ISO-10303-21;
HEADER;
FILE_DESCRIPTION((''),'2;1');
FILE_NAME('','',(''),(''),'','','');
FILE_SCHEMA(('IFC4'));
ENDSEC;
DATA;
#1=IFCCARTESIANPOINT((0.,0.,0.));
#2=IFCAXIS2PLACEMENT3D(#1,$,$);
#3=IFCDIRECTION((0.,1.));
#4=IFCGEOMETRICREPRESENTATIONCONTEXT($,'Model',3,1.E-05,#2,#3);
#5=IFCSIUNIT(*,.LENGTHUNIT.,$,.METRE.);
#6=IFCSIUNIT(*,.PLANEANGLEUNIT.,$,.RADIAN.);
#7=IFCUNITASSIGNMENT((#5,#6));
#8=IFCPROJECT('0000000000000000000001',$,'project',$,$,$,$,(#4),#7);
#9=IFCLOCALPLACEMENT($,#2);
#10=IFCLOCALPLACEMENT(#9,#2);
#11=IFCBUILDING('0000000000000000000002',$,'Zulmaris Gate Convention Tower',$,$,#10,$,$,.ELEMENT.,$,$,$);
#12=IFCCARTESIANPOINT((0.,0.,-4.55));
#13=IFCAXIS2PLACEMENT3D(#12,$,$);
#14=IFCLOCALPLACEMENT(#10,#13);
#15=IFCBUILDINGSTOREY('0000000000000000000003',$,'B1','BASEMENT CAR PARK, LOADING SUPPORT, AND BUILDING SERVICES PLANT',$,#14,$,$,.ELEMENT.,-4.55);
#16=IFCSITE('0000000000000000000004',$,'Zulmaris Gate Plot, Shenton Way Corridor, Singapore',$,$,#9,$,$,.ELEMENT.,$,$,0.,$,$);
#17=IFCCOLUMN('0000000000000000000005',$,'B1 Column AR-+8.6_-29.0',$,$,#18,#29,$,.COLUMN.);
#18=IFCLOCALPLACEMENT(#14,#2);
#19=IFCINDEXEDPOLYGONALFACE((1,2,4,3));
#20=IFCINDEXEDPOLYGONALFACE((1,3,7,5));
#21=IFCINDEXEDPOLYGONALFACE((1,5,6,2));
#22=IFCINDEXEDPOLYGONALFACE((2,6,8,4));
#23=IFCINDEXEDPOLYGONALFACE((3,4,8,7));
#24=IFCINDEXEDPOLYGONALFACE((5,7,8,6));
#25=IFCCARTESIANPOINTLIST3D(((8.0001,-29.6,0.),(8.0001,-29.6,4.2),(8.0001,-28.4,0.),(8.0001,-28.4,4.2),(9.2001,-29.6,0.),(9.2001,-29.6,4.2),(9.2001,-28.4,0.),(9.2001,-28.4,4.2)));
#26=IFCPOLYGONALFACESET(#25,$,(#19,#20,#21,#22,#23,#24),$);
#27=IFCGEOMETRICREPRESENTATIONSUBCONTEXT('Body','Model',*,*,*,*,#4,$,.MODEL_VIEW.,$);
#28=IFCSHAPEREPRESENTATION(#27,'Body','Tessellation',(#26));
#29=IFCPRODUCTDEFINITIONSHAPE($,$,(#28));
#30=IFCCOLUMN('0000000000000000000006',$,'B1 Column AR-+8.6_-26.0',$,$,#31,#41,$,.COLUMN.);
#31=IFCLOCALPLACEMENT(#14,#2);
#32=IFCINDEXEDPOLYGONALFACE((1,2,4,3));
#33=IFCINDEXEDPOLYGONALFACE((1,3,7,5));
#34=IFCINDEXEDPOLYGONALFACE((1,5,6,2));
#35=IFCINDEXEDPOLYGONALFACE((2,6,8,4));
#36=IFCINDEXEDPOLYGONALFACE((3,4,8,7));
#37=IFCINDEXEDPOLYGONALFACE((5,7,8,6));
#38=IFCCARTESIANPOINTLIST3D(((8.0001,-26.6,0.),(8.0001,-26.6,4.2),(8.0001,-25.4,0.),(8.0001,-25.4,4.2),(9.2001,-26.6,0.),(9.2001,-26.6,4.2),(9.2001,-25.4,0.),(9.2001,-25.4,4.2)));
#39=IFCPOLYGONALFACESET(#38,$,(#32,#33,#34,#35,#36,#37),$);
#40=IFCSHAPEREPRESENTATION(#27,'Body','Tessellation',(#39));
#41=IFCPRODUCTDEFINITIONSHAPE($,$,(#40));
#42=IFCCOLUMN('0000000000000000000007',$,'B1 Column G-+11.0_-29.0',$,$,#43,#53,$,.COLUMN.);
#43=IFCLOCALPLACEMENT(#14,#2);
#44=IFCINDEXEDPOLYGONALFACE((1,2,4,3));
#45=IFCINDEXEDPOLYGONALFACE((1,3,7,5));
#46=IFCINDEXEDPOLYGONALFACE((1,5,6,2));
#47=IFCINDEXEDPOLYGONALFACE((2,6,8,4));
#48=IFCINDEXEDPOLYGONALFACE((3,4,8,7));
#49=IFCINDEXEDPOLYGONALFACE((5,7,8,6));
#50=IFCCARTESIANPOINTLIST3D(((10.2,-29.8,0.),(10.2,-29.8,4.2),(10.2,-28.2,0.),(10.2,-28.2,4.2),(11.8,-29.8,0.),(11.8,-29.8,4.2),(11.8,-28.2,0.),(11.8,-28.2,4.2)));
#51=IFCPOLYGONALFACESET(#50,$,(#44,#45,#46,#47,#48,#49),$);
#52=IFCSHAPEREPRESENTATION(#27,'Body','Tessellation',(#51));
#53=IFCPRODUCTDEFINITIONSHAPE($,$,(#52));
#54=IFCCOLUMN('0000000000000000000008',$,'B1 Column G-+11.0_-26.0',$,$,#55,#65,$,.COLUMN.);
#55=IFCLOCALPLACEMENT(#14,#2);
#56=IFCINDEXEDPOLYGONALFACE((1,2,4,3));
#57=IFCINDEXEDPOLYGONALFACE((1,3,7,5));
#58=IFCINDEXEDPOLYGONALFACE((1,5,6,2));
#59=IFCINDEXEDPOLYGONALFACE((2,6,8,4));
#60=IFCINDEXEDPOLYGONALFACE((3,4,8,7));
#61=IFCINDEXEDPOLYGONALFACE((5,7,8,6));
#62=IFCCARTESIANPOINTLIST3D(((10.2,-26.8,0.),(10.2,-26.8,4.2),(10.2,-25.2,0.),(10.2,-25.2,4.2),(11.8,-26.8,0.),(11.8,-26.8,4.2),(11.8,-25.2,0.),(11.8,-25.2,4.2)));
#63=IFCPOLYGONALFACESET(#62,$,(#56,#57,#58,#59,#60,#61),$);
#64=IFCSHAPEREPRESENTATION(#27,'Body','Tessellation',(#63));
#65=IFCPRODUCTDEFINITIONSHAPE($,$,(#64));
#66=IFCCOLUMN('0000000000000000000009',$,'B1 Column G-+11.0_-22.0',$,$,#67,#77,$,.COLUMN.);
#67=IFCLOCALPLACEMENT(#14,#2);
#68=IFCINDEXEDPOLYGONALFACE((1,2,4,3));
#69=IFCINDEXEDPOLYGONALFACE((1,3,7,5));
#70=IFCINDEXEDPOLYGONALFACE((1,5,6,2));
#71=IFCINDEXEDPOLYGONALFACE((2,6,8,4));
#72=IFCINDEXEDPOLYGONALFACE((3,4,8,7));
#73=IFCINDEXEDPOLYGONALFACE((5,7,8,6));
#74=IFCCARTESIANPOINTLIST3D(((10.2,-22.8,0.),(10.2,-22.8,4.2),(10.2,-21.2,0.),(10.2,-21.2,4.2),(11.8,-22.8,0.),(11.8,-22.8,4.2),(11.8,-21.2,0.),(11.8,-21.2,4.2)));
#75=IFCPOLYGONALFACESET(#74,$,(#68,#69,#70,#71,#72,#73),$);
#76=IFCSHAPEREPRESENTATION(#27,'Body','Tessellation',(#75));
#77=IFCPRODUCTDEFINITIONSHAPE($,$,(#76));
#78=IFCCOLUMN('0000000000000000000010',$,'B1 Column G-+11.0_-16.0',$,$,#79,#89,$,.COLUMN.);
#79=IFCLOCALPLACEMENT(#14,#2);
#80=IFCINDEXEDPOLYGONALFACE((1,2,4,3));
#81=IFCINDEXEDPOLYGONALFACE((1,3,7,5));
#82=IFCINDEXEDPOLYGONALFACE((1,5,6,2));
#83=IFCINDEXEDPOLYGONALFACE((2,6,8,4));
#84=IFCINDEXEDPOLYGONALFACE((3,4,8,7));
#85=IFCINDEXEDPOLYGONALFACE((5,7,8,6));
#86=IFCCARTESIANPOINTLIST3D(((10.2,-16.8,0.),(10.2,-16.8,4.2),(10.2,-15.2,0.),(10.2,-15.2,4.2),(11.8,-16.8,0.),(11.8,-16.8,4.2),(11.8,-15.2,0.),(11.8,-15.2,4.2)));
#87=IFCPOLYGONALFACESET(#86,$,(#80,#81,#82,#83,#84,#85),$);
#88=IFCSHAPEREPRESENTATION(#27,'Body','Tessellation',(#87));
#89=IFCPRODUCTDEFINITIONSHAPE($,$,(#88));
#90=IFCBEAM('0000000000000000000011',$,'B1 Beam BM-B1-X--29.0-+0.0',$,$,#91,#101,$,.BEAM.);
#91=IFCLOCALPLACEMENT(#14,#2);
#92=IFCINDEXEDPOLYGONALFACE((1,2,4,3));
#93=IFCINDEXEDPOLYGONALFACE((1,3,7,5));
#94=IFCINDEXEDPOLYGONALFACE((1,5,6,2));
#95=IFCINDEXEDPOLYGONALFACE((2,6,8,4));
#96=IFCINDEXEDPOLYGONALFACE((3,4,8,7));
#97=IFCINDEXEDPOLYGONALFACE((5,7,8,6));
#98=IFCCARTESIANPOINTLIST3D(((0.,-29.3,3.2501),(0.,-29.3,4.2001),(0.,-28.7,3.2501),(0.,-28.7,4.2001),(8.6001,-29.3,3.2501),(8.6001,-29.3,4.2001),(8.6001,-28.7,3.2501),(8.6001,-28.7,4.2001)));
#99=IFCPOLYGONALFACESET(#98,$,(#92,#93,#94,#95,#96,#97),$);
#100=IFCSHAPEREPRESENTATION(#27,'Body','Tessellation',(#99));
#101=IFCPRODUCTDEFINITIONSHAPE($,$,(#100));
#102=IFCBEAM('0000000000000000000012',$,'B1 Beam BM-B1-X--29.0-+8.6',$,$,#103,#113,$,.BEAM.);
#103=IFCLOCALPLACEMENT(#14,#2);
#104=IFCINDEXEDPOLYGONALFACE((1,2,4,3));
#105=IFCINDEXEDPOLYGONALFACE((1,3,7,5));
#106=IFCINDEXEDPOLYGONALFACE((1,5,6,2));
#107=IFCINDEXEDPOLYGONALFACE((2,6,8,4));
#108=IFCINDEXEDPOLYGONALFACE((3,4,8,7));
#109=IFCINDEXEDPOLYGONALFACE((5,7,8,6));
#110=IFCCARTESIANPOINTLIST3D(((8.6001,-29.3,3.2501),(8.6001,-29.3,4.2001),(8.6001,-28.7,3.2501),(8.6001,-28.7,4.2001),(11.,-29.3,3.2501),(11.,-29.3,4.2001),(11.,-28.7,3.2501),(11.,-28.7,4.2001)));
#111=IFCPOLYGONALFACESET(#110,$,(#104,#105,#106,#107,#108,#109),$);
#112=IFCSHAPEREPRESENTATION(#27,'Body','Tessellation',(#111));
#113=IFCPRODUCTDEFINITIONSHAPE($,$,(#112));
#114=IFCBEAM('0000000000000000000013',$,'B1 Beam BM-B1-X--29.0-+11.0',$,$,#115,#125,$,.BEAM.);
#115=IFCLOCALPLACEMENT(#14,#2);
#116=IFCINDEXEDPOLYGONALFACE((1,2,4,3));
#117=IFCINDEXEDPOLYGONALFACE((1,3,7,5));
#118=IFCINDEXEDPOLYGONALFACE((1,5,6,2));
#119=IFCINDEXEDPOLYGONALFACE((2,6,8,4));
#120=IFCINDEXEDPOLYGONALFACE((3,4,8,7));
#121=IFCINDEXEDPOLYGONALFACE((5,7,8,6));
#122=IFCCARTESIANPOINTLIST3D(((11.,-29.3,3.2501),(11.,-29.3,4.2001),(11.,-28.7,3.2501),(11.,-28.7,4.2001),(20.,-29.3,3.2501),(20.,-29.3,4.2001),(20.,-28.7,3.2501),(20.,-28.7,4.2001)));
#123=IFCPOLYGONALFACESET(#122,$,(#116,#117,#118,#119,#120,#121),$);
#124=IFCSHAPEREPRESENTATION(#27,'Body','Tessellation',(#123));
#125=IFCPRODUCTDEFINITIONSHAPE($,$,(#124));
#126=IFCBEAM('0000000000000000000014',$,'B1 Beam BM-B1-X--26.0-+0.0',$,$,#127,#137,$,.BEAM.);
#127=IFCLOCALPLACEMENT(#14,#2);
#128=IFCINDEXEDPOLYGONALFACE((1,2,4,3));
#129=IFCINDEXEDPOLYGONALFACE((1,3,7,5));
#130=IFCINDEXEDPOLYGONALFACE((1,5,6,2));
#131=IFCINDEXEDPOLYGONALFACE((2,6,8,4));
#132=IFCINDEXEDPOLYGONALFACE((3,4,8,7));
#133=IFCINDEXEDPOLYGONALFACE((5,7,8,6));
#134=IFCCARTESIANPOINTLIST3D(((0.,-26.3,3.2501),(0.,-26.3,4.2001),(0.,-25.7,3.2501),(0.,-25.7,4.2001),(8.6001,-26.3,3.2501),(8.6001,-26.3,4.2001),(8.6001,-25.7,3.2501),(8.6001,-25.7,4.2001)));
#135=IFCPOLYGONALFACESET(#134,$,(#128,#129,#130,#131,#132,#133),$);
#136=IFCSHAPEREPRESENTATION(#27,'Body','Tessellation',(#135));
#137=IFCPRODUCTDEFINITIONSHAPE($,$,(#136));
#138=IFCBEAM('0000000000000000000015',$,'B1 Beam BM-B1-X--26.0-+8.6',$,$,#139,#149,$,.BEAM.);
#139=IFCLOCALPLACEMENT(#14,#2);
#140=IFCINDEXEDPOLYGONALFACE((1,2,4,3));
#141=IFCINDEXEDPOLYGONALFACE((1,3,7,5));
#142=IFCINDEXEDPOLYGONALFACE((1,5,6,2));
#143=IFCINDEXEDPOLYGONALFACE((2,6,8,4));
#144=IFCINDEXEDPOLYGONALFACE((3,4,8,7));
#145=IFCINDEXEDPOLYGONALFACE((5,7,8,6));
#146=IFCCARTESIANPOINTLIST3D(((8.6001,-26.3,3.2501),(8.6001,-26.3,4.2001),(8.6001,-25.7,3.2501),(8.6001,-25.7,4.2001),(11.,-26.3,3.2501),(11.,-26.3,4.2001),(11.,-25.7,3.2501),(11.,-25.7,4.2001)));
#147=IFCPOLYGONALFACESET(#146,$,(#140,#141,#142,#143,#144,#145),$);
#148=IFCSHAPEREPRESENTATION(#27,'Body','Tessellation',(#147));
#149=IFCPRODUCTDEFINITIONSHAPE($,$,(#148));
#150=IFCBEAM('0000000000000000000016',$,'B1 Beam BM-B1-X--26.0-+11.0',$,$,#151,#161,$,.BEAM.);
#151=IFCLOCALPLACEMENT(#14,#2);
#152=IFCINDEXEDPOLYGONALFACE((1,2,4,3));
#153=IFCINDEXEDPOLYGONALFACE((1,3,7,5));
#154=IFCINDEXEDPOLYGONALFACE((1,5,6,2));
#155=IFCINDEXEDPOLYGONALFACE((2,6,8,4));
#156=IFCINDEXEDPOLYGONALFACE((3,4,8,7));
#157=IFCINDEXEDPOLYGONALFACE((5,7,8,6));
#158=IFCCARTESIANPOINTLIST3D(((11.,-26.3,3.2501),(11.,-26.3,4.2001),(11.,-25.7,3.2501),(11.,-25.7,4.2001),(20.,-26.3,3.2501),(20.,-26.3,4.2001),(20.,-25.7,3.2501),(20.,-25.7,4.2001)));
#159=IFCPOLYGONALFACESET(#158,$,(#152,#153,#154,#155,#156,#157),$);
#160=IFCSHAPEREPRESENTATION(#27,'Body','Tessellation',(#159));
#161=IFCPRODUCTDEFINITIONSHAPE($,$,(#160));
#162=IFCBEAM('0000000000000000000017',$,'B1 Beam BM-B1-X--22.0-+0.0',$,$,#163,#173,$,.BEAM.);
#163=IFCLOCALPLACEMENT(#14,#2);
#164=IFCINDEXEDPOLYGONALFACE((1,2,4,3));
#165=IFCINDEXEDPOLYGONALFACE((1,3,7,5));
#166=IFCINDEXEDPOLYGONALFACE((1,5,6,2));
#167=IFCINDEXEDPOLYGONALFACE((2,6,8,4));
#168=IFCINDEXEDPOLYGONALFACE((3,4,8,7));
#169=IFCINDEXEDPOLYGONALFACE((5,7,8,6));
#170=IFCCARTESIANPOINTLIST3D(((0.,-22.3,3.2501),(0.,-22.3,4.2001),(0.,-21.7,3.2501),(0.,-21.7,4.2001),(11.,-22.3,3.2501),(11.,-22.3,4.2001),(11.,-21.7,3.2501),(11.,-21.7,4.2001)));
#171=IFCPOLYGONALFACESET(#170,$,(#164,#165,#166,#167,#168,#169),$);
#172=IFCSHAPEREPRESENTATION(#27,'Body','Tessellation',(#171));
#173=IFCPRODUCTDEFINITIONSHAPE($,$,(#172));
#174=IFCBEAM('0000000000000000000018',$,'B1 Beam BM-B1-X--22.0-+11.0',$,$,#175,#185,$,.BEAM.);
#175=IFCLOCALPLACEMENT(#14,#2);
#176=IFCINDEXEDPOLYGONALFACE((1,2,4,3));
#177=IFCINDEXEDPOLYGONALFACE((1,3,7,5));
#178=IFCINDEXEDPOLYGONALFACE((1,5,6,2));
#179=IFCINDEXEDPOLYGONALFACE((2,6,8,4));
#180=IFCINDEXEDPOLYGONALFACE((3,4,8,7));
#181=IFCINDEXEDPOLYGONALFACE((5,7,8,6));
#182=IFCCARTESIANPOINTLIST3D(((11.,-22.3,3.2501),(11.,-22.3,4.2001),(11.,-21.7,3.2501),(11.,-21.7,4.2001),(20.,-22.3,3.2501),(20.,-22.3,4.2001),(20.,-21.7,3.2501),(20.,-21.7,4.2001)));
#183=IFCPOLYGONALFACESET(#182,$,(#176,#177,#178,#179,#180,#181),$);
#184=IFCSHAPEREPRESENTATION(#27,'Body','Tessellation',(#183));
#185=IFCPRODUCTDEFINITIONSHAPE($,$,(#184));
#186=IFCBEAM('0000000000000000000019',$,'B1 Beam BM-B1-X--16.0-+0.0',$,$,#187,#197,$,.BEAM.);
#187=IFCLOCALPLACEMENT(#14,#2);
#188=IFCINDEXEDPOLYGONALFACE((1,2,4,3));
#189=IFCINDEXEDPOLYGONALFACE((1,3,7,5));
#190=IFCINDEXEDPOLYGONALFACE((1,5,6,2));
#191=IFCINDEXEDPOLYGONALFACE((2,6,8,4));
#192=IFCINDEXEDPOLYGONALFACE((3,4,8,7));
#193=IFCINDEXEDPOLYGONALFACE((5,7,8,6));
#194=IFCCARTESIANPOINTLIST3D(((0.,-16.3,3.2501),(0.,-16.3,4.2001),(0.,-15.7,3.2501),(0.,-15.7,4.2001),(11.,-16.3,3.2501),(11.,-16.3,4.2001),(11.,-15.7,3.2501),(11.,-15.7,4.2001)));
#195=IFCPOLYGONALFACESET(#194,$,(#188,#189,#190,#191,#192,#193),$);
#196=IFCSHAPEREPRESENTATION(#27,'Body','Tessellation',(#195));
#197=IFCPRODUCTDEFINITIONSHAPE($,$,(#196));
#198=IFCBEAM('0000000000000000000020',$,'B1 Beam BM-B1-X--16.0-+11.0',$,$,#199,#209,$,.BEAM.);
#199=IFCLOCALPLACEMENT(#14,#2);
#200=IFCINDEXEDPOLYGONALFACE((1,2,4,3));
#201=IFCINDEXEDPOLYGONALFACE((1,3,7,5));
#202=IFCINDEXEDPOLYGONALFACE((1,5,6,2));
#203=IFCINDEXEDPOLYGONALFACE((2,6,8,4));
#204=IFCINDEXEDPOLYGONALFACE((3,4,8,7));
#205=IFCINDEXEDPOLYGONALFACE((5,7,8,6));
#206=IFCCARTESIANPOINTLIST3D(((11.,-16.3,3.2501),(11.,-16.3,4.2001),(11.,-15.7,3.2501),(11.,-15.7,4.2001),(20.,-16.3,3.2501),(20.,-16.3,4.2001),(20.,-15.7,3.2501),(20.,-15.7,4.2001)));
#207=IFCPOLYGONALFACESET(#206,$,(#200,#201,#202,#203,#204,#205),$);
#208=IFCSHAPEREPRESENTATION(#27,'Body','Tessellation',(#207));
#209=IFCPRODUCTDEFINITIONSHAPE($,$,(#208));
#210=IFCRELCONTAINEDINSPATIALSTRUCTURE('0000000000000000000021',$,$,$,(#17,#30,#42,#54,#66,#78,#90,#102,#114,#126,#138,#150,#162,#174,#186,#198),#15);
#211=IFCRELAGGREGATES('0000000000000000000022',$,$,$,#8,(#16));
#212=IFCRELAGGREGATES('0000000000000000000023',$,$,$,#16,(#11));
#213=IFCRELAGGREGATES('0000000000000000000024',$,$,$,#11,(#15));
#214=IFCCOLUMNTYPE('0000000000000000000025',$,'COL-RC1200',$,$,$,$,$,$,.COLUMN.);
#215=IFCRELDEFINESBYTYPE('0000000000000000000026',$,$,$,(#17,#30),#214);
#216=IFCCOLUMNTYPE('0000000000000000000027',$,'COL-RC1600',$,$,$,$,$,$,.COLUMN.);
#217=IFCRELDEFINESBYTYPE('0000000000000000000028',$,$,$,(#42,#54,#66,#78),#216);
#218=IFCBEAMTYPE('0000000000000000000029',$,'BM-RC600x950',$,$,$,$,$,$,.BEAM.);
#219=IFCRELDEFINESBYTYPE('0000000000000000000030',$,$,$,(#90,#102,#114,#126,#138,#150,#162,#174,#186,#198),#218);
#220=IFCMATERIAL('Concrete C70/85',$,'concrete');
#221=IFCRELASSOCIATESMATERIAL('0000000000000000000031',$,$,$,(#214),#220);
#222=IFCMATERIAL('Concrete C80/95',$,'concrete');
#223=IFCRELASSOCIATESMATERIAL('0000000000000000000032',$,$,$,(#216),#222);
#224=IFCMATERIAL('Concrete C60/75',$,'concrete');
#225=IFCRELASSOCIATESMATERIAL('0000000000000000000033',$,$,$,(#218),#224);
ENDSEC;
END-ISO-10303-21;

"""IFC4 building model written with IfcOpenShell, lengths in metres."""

from ifc_helpers import new_model, si_unit, direction, frame, origin, origin_2d, place, context, subcontext, project, spatial, rectangle, extrude, material, material_profile, profile_set, type_object, element, save


model = new_model("IFC4")

# Units and contexts
model_context = context("Model", 3, precision=1e-05, world=origin(), true_north=direction((0.0, 1.0)))
body_context = subcontext(model_context, "Body", "Model", "MODEL_VIEW")
ifc_project = project(units=[si_unit("LENGTHUNIT", "METRE"), si_unit("PLANEANGLEUNIT", "RADIAN")], contexts=[model_context])

# Site, building, storey
site_placement = place(None, origin())
site = spatial("IfcSite", under=ifc_project, at=site_placement, Name="Zulmaris Gate Plot, Shenton Way Corridor, Singapore", CompositionType="ELEMENT", RefElevation=0.0)
building_placement = place(site_placement, origin())
building = spatial("IfcBuilding", under=site, at=building_placement, Name="Zulmaris Gate Convention Tower", CompositionType="ELEMENT")
storey_placement = place(building_placement, frame((0.0, 0.0, -4.55)))
storey = spatial("IfcBuildingStorey", under=building, at=storey_placement, Name="B1", Description="BASEMENT CAR PARK, LOADING SUPPORT, AND BUILDING SERVICES PLANT", CompositionType="ELEMENT", Elevation=-4.55)

# Columns
ifc_material_1 = material(Name="Concrete C70/85", Category="concrete")
ifc_material_profile_1 = material_profile(ifc_material_1, rectangle(XDim=1.2, YDim=1.2, at=origin_2d()), Name="RC COL 1200x1200")
ifc_profile_set_1 = profile_set([ifc_material_profile_1], Name="Concrete C70/85")
column_type_1 = type_object("IfcColumnType", Name="COL-RC1200", PredefinedType="COLUMN", material=ifc_profile_set_1)
for number, where, z_axis, x_axis, name in (
    (1, (8.6001, -29.0, 0.0), (0.0, 0.0, 1.0), (1.0, 0.0, 0.0), "B1 Column AR-+8.6_-29.0"),
    (2, (8.6001, -26.0, 0.0), (0.0, 0.0, 1.0), (1.0, 0.0, 0.0), "B1 Column AR-+8.6_-26.0"),
):
    element("IfcColumn", number, at=place(storey_placement, frame(where, z_axis=z_axis, x_axis=x_axis)), inside=storey, type_object=column_type_1, Name=name, PredefinedType="COLUMN", context=body_context, shape_type="SweptSolid", body=[
        extrude(rectangle(XDim=1.2, YDim=1.2, at=origin_2d()), origin(), (0.0, 0.0, 1.0), 4.2),
    ])
ifc_material_2 = material(Name="Concrete C80/95", Category="concrete")
ifc_material_profile_2 = material_profile(ifc_material_2, rectangle(XDim=1.6001, YDim=1.6001, at=origin_2d()), Name="RC COL 1600x1600")
ifc_profile_set_2 = profile_set([ifc_material_profile_2], Name="Concrete C80/95")
column_type_2 = type_object("IfcColumnType", Name="COL-RC1600", PredefinedType="COLUMN", material=ifc_profile_set_2)
for number, where, z_axis, x_axis, name in (
    (3, (11.0, -29.0, 0.0), (0.0, 0.0, 1.0), (1.0, 0.0, 0.0), "B1 Column G-+11.0_-29.0"),
    (4, (11.0, -26.0, 0.0), (0.0, 0.0, 1.0), (1.0, 0.0, 0.0), "B1 Column G-+11.0_-26.0"),
    (5, (11.0, -22.0, 0.0), (0.0, 0.0, 1.0), (1.0, 0.0, 0.0), "B1 Column G-+11.0_-22.0"),
    (6, (11.0, -16.0, 0.0), (0.0, 0.0, 1.0), (1.0, 0.0, 0.0), "B1 Column G-+11.0_-16.0"),
):
    element("IfcColumn", number, at=place(storey_placement, frame(where, z_axis=z_axis, x_axis=x_axis)), inside=storey, type_object=column_type_2, Name=name, PredefinedType="COLUMN", context=body_context, shape_type="SweptSolid", body=[
        extrude(rectangle(XDim=1.6001, YDim=1.6001, at=origin_2d()), origin(), (0.0, 0.0, 1.0), 4.2),
    ])

# Beams
ifc_material_3 = material(Name="Concrete C60/75", Category="concrete")
ifc_material_profile_3 = material_profile(ifc_material_3, rectangle(XDim=0.6001, YDim=0.95, at=origin_2d()), Name="RC BEAM 600x950")
ifc_profile_set_3 = profile_set([ifc_material_profile_3], Name="Concrete C60/75")
beam_type_1 = type_object("IfcBeamType", Name="BM-RC600x950", PredefinedType="BEAM", material=ifc_profile_set_3)
beam_1_placement = place(storey_placement, frame((0.0, -29.0, 3.7251), z_axis=(1.0, 0.0, 0.0), x_axis=(0.0, 1.0, 0.0)))
element("IfcBeam", 7, at=beam_1_placement, inside=storey, type_object=beam_type_1, Name="B1 Beam BM-B1-X--29.0-+0.0", PredefinedType="BEAM", context=body_context, shape_type="SweptSolid", body=[
    extrude(rectangle(XDim=0.6001, YDim=0.95, at=origin_2d()), origin(), (0.0, 0.0, 1.0), 8.6001),
])
beam_2_placement = place(storey_placement, frame((8.6001, -29.0, 3.7251), z_axis=(1.0, 0.0, 0.0), x_axis=(0.0, 1.0, 0.0)))
element("IfcBeam", 8, at=beam_2_placement, inside=storey, type_object=beam_type_1, Name="B1 Beam BM-B1-X--29.0-+8.6", PredefinedType="BEAM", context=body_context, shape_type="SweptSolid", body=[
    extrude(rectangle(XDim=0.6001, YDim=0.95, at=origin_2d()), origin(), (0.0, 0.0, 1.0), 2.3999),
])
beam_3_placement = place(storey_placement, frame((11.0, -29.0, 3.7251), z_axis=(1.0, 0.0, 0.0), x_axis=(0.0, 1.0, 0.0)))
element("IfcBeam", 9, at=beam_3_placement, inside=storey, type_object=beam_type_1, Name="B1 Beam BM-B1-X--29.0-+11.0", PredefinedType="BEAM", context=body_context, shape_type="SweptSolid", body=[
    extrude(rectangle(XDim=0.6001, YDim=0.95, at=origin_2d()), origin(), (0.0, 0.0, 1.0), 9.0),
])
beam_4_placement = place(storey_placement, frame((0.0, -26.0, 3.7251), z_axis=(1.0, 0.0, 0.0), x_axis=(0.0, 1.0, 0.0)))
element("IfcBeam", 10, at=beam_4_placement, inside=storey, type_object=beam_type_1, Name="B1 Beam BM-B1-X--26.0-+0.0", PredefinedType="BEAM", context=body_context, shape_type="SweptSolid", body=[
    extrude(rectangle(XDim=0.6001, YDim=0.95, at=origin_2d()), origin(), (0.0, 0.0, 1.0), 8.6001),
])
beam_5_placement = place(storey_placement, frame((8.6001, -26.0, 3.7251), z_axis=(1.0, 0.0, 0.0), x_axis=(0.0, 1.0, 0.0)))
element("IfcBeam", 11, at=beam_5_placement, inside=storey, type_object=beam_type_1, Name="B1 Beam BM-B1-X--26.0-+8.6", PredefinedType="BEAM", context=body_context, shape_type="SweptSolid", body=[
    extrude(rectangle(XDim=0.6001, YDim=0.95, at=origin_2d()), origin(), (0.0, 0.0, 1.0), 2.3999),
])
beam_6_placement = place(storey_placement, frame((11.0, -26.0, 3.7251), z_axis=(1.0, 0.0, 0.0), x_axis=(0.0, 1.0, 0.0)))
element("IfcBeam", 12, at=beam_6_placement, inside=storey, type_object=beam_type_1, Name="B1 Beam BM-B1-X--26.0-+11.0", PredefinedType="BEAM", context=body_context, shape_type="SweptSolid", body=[
    extrude(rectangle(XDim=0.6001, YDim=0.95, at=origin_2d()), origin(), (0.0, 0.0, 1.0), 9.0),
])
beam_7_placement = place(storey_placement, frame((0.0, -22.0, 3.7251), z_axis=(1.0, 0.0, 0.0), x_axis=(0.0, 1.0, 0.0)))
element("IfcBeam", 13, at=beam_7_placement, inside=storey, type_object=beam_type_1, Name="B1 Beam BM-B1-X--22.0-+0.0", PredefinedType="BEAM", context=body_context, shape_type="SweptSolid", body=[
    extrude(rectangle(XDim=0.6001, YDim=0.95, at=origin_2d()), origin(), (0.0, 0.0, 1.0), 11.0),
])
beam_8_placement = place(storey_placement, frame((11.0, -22.0, 3.7251), z_axis=(1.0, 0.0, 0.0), x_axis=(0.0, 1.0, 0.0)))
element("IfcBeam", 14, at=beam_8_placement, inside=storey, type_object=beam_type_1, Name="B1 Beam BM-B1-X--22.0-+11.0", PredefinedType="BEAM", context=body_context, shape_type="SweptSolid", body=[
    extrude(rectangle(XDim=0.6001, YDim=0.95, at=origin_2d()), origin(), (0.0, 0.0, 1.0), 9.0),
])
beam_9_placement = place(storey_placement, frame((0.0, -16.0, 3.7251), z_axis=(1.0, 0.0, 0.0), x_axis=(0.0, 1.0, 0.0)))
element("IfcBeam", 15, at=beam_9_placement, inside=storey, type_object=beam_type_1, Name="B1 Beam BM-B1-X--16.0-+0.0", PredefinedType="BEAM", context=body_context, shape_type="SweptSolid", body=[
    extrude(rectangle(XDim=0.6001, YDim=0.95, at=origin_2d()), origin(), (0.0, 0.0, 1.0), 11.0),
])
beam_10_placement = place(storey_placement, frame((11.0, -16.0, 3.7251), z_axis=(1.0, 0.0, 0.0), x_axis=(0.0, 1.0, 0.0)))
element("IfcBeam", 16, at=beam_10_placement, inside=storey, type_object=beam_type_1, Name="B1 Beam BM-B1-X--16.0-+11.0", PredefinedType="BEAM", context=body_context, shape_type="SweptSolid", body=[
    extrude(rectangle(XDim=0.6001, YDim=0.95, at=origin_2d()), origin(), (0.0, 0.0, 1.0), 9.0),
])

save(model, "model.ifc")
